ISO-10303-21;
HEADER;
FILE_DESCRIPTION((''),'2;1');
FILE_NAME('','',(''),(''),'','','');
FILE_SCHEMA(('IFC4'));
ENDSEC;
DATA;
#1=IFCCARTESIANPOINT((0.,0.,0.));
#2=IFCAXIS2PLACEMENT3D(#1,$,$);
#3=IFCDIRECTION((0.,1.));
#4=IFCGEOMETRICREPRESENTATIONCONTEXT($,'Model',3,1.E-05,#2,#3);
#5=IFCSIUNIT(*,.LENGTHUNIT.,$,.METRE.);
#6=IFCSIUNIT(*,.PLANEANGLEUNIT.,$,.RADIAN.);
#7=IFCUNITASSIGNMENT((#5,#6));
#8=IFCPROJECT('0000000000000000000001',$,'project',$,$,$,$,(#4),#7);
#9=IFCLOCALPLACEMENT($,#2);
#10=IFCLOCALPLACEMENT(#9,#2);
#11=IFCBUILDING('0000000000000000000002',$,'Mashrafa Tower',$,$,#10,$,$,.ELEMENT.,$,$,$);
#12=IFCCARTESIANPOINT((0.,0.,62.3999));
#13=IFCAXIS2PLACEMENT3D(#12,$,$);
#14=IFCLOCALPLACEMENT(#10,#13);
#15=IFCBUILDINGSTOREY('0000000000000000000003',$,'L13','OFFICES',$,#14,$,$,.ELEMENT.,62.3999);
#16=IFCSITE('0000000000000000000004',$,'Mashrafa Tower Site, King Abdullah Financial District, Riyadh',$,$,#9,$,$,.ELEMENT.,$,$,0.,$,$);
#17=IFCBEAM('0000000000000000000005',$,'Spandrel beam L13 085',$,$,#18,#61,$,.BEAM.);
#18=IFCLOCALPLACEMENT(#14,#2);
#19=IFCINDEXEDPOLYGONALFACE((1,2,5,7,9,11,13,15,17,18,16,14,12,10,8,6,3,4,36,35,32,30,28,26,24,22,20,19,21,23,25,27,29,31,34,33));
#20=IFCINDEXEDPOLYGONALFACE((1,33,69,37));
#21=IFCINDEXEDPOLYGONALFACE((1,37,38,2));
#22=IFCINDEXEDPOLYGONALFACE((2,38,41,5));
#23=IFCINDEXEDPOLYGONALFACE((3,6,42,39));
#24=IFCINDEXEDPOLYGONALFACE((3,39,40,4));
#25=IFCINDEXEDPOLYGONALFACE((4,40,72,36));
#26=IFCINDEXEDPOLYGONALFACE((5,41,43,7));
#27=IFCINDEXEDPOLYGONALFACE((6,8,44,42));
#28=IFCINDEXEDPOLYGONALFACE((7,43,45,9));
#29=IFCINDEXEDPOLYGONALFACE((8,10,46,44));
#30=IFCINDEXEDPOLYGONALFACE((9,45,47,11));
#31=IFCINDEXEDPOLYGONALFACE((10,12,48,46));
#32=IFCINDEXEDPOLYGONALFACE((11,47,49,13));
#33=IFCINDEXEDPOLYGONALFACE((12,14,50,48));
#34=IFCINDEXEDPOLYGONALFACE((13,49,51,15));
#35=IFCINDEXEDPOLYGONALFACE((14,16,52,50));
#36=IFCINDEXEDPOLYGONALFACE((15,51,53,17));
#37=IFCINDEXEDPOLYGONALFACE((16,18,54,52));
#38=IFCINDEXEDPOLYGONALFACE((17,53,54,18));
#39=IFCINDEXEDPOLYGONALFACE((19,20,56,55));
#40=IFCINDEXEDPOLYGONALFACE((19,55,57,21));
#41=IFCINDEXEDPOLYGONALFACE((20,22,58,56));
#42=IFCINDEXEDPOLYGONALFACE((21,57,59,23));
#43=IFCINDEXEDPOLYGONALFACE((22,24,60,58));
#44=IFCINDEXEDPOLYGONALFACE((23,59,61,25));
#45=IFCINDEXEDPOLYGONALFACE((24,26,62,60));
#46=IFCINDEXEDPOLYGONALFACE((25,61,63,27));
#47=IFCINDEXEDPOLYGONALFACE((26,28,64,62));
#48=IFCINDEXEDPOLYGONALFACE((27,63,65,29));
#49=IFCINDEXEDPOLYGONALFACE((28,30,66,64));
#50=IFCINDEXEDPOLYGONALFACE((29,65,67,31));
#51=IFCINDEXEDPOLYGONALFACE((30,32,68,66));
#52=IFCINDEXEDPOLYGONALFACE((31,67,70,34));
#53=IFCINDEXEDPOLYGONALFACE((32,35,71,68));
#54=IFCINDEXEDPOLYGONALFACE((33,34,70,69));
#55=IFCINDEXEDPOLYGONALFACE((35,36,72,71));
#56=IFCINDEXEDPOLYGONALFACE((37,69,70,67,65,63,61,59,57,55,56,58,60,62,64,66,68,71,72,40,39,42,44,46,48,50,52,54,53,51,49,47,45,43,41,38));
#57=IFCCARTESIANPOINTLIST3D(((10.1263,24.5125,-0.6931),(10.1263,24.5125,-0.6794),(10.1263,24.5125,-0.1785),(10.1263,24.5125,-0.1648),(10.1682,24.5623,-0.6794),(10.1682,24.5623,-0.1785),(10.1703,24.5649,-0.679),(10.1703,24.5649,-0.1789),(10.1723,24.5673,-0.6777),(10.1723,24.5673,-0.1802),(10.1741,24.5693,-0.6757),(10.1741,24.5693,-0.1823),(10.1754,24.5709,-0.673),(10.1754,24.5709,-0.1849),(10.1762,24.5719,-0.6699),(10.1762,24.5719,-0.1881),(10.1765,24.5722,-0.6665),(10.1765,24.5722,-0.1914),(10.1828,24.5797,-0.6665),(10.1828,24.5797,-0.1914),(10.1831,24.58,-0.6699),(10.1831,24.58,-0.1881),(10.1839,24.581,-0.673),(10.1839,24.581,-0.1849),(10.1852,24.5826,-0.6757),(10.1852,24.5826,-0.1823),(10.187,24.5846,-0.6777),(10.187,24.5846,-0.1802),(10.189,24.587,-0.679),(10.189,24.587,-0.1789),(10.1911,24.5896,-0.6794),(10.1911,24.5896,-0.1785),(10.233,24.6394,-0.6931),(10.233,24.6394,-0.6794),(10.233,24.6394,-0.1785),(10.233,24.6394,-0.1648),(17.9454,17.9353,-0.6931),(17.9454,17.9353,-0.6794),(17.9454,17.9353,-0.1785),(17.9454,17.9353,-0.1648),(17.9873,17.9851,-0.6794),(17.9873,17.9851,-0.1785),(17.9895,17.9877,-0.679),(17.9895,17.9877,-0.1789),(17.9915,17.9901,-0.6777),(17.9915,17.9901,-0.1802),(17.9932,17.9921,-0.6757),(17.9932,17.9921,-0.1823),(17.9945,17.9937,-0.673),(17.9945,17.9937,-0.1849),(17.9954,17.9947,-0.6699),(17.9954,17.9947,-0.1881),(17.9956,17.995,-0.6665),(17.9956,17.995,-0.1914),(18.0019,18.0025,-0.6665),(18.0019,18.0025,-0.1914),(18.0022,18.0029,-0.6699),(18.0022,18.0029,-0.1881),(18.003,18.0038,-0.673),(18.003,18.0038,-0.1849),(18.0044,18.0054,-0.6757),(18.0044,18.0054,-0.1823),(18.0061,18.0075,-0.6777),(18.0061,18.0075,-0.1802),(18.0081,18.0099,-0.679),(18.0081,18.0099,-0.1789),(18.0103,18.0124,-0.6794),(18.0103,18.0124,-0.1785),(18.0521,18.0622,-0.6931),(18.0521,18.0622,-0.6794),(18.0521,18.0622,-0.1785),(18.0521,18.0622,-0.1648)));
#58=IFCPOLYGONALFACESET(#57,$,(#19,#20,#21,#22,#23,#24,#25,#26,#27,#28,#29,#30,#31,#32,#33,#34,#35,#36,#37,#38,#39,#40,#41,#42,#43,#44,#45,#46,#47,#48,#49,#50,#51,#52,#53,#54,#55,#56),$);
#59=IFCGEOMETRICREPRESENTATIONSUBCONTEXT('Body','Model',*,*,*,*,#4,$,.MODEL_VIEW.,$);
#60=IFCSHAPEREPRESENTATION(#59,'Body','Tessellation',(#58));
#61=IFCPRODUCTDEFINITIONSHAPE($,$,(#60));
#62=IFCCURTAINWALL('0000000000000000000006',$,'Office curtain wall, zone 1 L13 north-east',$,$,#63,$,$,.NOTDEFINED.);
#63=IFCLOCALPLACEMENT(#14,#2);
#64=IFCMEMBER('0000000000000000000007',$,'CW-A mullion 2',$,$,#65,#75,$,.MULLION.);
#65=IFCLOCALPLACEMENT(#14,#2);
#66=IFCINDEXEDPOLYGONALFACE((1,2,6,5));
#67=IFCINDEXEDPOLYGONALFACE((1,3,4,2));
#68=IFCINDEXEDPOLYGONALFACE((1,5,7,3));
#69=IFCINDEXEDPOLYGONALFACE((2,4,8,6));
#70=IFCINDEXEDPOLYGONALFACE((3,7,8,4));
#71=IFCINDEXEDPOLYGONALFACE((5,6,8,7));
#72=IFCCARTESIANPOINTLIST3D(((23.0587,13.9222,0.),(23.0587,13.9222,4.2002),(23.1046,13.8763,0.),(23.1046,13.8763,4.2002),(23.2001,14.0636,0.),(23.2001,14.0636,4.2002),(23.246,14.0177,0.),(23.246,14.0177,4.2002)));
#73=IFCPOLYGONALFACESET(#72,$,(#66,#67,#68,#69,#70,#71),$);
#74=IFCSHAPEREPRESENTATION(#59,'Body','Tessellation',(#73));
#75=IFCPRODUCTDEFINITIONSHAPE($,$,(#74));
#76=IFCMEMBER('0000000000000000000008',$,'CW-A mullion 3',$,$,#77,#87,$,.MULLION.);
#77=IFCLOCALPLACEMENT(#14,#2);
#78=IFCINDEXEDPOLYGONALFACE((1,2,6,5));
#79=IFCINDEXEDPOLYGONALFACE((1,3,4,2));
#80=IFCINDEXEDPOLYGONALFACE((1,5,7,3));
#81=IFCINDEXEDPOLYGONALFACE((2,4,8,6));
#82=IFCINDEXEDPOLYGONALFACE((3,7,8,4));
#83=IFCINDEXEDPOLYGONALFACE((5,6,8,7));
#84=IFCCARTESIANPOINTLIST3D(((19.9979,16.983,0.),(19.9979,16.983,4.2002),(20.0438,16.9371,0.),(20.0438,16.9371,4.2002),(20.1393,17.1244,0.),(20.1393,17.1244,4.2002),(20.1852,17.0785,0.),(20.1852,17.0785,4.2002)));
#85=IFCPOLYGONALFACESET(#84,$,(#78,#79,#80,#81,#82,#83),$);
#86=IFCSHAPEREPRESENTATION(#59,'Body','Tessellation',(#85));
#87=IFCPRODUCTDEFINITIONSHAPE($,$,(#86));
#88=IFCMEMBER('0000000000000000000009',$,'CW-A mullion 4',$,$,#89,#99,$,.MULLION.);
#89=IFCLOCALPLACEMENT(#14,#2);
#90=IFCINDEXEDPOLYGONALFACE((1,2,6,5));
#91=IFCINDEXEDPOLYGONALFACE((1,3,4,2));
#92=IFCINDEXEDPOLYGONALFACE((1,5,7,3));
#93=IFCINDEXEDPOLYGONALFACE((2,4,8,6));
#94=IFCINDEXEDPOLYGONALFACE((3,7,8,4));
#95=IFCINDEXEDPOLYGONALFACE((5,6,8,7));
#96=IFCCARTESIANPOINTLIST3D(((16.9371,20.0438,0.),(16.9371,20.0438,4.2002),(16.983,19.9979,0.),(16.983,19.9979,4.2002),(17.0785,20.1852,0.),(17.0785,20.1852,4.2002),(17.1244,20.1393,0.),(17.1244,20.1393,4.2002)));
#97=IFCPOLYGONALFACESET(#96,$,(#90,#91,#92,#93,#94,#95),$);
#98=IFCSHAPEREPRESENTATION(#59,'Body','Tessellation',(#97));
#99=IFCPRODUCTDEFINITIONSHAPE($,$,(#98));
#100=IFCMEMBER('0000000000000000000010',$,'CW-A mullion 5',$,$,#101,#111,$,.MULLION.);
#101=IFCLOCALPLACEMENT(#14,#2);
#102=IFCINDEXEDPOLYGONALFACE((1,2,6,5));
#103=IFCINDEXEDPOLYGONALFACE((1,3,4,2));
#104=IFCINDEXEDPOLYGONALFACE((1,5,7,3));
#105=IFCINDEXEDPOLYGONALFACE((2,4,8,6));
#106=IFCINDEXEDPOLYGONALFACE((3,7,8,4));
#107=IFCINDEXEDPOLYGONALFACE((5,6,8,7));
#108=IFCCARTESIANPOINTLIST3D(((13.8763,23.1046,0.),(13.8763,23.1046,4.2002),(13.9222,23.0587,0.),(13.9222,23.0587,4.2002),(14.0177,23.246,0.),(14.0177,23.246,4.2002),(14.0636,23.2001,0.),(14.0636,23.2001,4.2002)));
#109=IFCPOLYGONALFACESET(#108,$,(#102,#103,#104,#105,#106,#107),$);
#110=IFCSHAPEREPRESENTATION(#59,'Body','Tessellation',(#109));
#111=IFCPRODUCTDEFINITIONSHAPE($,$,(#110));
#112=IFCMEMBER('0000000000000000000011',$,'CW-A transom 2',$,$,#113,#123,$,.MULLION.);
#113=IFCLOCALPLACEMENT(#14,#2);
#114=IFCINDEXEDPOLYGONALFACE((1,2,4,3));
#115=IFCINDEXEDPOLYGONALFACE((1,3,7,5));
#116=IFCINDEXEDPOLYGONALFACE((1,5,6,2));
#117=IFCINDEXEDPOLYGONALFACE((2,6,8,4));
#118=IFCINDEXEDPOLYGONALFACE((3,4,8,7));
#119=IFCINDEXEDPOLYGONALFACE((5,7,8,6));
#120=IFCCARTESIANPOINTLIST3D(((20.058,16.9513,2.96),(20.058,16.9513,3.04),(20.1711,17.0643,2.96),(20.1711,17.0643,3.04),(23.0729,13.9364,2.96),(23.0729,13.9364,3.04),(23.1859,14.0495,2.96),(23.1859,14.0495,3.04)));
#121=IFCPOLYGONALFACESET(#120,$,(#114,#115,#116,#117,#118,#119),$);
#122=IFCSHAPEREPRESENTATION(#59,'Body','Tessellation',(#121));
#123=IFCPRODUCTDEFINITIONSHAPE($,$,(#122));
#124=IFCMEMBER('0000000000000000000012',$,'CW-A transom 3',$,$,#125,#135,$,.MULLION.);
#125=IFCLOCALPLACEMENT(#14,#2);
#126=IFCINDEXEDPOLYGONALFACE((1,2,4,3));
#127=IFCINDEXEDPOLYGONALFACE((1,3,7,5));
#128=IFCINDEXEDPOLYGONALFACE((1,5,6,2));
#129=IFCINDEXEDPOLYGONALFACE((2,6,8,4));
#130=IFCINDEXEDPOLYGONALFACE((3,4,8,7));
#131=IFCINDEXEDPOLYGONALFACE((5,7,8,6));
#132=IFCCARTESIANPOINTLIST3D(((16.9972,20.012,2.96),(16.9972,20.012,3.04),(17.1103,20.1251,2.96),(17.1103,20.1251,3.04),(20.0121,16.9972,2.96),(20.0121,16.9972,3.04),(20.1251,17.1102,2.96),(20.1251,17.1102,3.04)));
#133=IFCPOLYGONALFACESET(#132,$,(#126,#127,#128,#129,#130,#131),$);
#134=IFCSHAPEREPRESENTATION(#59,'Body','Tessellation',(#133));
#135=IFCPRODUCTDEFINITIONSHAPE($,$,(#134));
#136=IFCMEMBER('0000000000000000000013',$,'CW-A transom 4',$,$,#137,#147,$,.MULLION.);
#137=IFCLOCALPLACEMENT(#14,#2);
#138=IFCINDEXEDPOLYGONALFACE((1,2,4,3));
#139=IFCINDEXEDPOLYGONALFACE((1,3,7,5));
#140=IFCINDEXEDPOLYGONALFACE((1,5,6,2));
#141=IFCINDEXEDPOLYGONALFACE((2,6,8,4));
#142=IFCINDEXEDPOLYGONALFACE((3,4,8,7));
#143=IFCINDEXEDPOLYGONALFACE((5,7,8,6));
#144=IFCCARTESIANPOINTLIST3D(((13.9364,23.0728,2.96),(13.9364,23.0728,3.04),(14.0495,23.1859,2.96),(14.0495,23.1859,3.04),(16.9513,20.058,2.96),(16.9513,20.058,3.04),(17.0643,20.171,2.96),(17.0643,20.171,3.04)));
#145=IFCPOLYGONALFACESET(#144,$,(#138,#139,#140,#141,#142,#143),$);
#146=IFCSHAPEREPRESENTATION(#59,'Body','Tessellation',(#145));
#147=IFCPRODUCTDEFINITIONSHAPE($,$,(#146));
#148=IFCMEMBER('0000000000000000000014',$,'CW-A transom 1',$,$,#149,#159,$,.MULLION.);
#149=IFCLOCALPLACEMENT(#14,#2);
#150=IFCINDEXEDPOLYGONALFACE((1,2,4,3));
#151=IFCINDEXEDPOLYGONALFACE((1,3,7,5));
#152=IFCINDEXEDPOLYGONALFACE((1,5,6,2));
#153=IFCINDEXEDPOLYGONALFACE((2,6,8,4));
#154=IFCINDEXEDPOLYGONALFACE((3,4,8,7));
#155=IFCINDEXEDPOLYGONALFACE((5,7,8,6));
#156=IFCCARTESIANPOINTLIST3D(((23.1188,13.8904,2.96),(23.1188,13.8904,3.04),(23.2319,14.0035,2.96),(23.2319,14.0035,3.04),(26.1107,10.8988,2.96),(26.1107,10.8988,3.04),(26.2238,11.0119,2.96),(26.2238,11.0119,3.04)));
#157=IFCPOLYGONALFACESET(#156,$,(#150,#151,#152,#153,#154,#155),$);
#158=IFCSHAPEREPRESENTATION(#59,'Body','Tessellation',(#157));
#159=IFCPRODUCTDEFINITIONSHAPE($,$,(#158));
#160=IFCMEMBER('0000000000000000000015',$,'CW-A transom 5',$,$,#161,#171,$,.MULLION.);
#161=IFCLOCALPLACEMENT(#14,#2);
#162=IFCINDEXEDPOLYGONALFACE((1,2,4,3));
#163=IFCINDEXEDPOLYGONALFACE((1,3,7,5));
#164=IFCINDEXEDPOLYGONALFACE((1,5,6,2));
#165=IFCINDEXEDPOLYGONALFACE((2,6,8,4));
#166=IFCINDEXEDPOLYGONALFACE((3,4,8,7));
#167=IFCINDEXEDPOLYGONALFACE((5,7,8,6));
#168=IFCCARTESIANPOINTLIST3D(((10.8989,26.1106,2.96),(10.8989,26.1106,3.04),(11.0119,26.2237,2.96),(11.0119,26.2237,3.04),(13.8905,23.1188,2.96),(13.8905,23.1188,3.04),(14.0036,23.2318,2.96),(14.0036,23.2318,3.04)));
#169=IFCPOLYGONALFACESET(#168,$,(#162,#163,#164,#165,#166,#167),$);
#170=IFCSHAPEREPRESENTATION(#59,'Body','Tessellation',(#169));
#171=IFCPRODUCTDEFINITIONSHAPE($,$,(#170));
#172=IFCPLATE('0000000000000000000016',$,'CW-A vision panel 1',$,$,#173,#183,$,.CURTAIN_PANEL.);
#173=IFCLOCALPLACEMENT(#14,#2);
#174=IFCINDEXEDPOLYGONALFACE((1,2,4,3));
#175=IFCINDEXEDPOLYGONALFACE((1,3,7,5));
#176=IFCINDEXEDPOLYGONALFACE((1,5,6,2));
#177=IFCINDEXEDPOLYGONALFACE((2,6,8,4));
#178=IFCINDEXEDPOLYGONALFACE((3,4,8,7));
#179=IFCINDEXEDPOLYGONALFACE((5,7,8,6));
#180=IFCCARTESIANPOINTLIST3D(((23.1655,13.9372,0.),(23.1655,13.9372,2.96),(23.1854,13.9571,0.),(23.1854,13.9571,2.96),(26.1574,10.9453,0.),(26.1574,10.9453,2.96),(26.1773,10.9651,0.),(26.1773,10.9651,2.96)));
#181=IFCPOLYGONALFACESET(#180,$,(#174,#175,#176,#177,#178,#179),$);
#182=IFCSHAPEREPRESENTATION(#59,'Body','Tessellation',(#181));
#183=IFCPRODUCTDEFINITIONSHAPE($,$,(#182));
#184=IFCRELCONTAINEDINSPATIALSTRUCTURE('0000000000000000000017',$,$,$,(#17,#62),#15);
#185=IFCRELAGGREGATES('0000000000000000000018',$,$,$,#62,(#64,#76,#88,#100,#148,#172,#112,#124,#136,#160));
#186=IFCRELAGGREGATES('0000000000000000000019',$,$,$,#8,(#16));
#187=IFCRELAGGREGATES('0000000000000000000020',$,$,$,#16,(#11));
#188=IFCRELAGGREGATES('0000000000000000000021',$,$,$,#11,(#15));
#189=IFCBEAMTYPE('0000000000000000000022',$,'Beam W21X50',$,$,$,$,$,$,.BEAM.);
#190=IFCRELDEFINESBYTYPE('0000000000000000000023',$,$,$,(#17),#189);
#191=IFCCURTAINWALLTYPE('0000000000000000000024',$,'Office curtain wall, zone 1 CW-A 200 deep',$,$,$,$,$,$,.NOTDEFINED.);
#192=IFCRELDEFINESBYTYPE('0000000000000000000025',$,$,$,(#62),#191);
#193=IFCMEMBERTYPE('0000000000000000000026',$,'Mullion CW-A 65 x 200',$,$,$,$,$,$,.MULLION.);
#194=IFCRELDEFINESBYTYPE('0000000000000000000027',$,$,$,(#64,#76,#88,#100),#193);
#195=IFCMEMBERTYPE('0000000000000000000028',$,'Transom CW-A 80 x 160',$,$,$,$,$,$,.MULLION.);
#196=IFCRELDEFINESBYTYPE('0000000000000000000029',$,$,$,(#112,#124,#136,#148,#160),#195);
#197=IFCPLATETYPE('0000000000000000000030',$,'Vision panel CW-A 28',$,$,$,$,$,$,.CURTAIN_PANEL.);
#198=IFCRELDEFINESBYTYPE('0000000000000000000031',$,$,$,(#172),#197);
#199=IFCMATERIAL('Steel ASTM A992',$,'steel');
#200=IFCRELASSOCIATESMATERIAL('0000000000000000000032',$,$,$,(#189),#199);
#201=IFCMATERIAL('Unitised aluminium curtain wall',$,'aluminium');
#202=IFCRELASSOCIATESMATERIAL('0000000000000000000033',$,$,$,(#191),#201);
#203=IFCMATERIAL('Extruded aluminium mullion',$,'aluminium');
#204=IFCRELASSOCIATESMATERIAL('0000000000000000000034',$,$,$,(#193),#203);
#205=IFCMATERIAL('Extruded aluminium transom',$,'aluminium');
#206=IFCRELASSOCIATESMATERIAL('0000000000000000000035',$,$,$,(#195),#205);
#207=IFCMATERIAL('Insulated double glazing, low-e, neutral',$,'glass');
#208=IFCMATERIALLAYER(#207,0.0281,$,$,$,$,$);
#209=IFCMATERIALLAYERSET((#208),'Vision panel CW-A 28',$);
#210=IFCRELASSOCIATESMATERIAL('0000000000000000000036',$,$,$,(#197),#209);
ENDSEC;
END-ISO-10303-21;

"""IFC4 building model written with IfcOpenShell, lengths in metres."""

from ifc_helpers import new_model, si_unit, direction, frame, origin, origin_2d, place, context, subcontext, project, spatial, rectangle, i_section, extrude, source, transform, mapped, material, layer, layer_set, material_profile, profile_set, type_object, type_shapes, element, aggregate, save


model = new_model("IFC4")

# Units and contexts
model_context = context("Model", 3, precision=1e-05, world=origin(), true_north=direction((0.0, 1.0)))
body_context = subcontext(model_context, "Body", "Model", "MODEL_VIEW")
ifc_project = project(units=[si_unit("LENGTHUNIT", "METRE"), si_unit("PLANEANGLEUNIT", "RADIAN")], contexts=[model_context])

# Site, building, storey
site_placement = place(None, origin())
site = spatial("IfcSite", under=ifc_project, at=site_placement, Name="Mashrafa Tower Site, King Abdullah Financial District, Riyadh", CompositionType="ELEMENT", RefElevation=0.0)
building_placement = place(site_placement, origin())
building = spatial("IfcBuilding", under=site, at=building_placement, Name="Mashrafa Tower", CompositionType="ELEMENT")
storey_placement = place(building_placement, frame((0.0, 0.0, 62.3999)))
storey = spatial("IfcBuildingStorey", under=building, at=storey_placement, Name="L13", Description="OFFICES", CompositionType="ELEMENT", Elevation=62.3999)

# Beam
ifc_material_1 = material(Name="Steel ASTM A992", Category="steel")
ifc_material_profile_1 = material_profile(ifc_material_1, i_section(OverallWidth=0.1658, OverallDepth=0.5283, WebThickness=0.0098, FlangeThickness=0.0137, FilletRadius=0.0129, at=origin_2d()), Name="W21X50")
ifc_profile_set_1 = profile_set([ifc_material_profile_1], Name="Steel ASTM A992")
beam_type_1 = type_object("IfcBeamType", Name="Beam W21X50", PredefinedType="BEAM", material=ifc_profile_set_1)
beam_1_placement = place(storey_placement, frame((17.9988, 17.9988, -0.429), z_axis=(-0.765266, 0.643715, 0.0), x_axis=(-0.643715, -0.765266, 0.0)))
element("IfcBeam", 1, at=beam_1_placement, inside=storey, type_object=beam_type_1, Name="Spandrel beam L13 085", PredefinedType="BEAM", context=body_context, shape_type="SweptSolid", body=[
    extrude(i_section(OverallWidth=0.1658, OverallDepth=0.5283, WebThickness=0.0098, FlangeThickness=0.0137, FilletRadius=0.0129, at=origin_2d()), origin(), (0.0, 0.0, 1.0), 10.2175),
])

# Curtain wall, members, plate
ifc_material_2 = material(Name="Unitised aluminium curtain wall", Category="aluminium")
curtain_wall_type = type_object("IfcCurtainWallType", Name="Office curtain wall, zone 1 CW-A 200 deep", PredefinedType="NOTDEFINED", material=ifc_material_2)
curtain_wall_placement = place(storey_placement, origin())
curtain_wall = element("IfcCurtainWall", 2, at=curtain_wall_placement, inside=storey, type_object=curtain_wall_type, Name="Office curtain wall, zone 1 L13 north-east", PredefinedType="NOTDEFINED")
ifc_material_3 = material(Name="Extruded aluminium mullion", Category="aluminium")
ifc_material_profile_2 = material_profile(ifc_material_3, rectangle(XDim=0.2, YDim=0.0649, at=origin_2d()), Name="Mullion 65x200")
ifc_profile_set_2 = profile_set([ifc_material_profile_2], Name="Extruded aluminium mullion")
member_type_1 = type_object("IfcMemberType", Name="Mullion CW-A 65 x 200", PredefinedType="MULLION", material=ifc_profile_set_2)
shared_shape_1 = source(origin(), body_context, "Body", "SweptSolid", [
    extrude(rectangle(XDim=0.2, YDim=0.0649, at=origin_2d()), origin(), (0.0, 0.0, 1.0), 4.2002),
])
type_shapes(member_type_1, [shared_shape_1])
member_1_placement = place(storey_placement, frame((23.1523, 13.97, 0.0), z_axis=(0.0, 0.0, 1.0), x_axis=(-0.707107, -0.707107, 0.0)))
member_1 = element("IfcMember", 3, at=member_1_placement, type_object=member_type_1, Name="CW-A mullion 2", PredefinedType="MULLION", context=body_context, shape_type="MappedRepresentation", body=[
    mapped(shared_shape_1, transform((0.0, 0.0, 0.0))),
])
member_2_placement = place(storey_placement, frame((20.0916, 17.0308, 0.0), z_axis=(0.0, 0.0, 1.0), x_axis=(-0.707107, -0.707107, 0.0)))
member_2 = element("IfcMember", 4, at=member_2_placement, type_object=member_type_1, Name="CW-A mullion 3", PredefinedType="MULLION", context=body_context, shape_type="MappedRepresentation", body=[
    mapped(shared_shape_1, transform((0.0, 0.0, 0.0))),
])
member_3_placement = place(storey_placement, frame((17.0308, 20.0916, 0.0), z_axis=(0.0, 0.0, 1.0), x_axis=(-0.707107, -0.707107, 0.0)))
member_3 = element("IfcMember", 5, at=member_3_placement, type_object=member_type_1, Name="CW-A mullion 4", PredefinedType="MULLION", context=body_context, shape_type="MappedRepresentation", body=[
    mapped(shared_shape_1, transform((0.0, 0.0, 0.0))),
])
member_4_placement = place(storey_placement, frame((13.97, 23.1523, 0.0), z_axis=(0.0, 0.0, 1.0), x_axis=(-0.707107, -0.707107, 0.0)))
member_4 = element("IfcMember", 6, at=member_4_placement, type_object=member_type_1, Name="CW-A mullion 5", PredefinedType="MULLION", context=body_context, shape_type="MappedRepresentation", body=[
    mapped(shared_shape_1, transform((0.0, 0.0, 0.0))),
])
ifc_material_4 = material(Name="Extruded aluminium transom", Category="aluminium")
ifc_material_profile_3 = material_profile(ifc_material_4, rectangle(XDim=0.1599, YDim=0.0801, at=origin_2d()), Name="Transom 80x160")
ifc_profile_set_3 = profile_set([ifc_material_profile_3], Name="Extruded aluminium transom")
member_type_2 = type_object("IfcMemberType", Name="Transom CW-A 80 x 160", PredefinedType="MULLION", material=ifc_profile_set_3)
shared_shape_2 = source(origin(), body_context, "Body", "SweptSolid", [
    extrude(rectangle(XDim=0.1599, YDim=0.0801, at=origin_2d()), origin(), (0.0, 0.0, 1.0), 4.2637),
])
member_5_placement = place(storey_placement, frame((23.1294, 13.9929, 3.0), z_axis=(-0.707107, 0.707107, 0.0), x_axis=(-0.707107, -0.707107, 0.0)))
member_5 = element("IfcMember", 7, at=member_5_placement, type_object=member_type_2, Name="CW-A transom 2", PredefinedType="MULLION", context=body_context, shape_type="MappedRepresentation", body=[
    mapped(shared_shape_2, transform((0.0, 0.0, 0.0))),
])
member_6_placement = place(storey_placement, frame((20.0686, 17.0537, 3.0), z_axis=(-0.707107, 0.707107, 0.0), x_axis=(-0.707107, -0.707107, 0.0)))
member_6 = element("IfcMember", 8, at=member_6_placement, type_object=member_type_2, Name="CW-A transom 3", PredefinedType="MULLION", context=body_context, shape_type="MappedRepresentation", body=[
    mapped(shared_shape_2, transform((0.0, 0.0, 0.0))),
])
member_7_placement = place(storey_placement, frame((17.0078, 20.1145, 3.0), z_axis=(-0.707107, 0.707107, 0.0), x_axis=(-0.707107, -0.707107, 0.0)))
member_7 = element("IfcMember", 9, at=member_7_placement, type_object=member_type_2, Name="CW-A transom 4", PredefinedType="MULLION", context=body_context, shape_type="MappedRepresentation", body=[
    mapped(shared_shape_2, transform((0.0, 0.0, 0.0))),
])
shared_shape_3 = source(origin(), body_context, "Body", "SweptSolid", [
    extrude(rectangle(XDim=0.1599, YDim=0.0801, at=origin_2d()), origin(), (0.0, 0.0, 1.0), 4.231),
])
type_shapes(member_type_2, [shared_shape_2, shared_shape_3])
member_8_placement = place(storey_placement, frame((26.1672, 10.9553, 3.0), z_axis=(-0.707136, 0.707078, 0.0), x_axis=(-0.707078, -0.707136, 0.0)))
member_8 = element("IfcMember", 10, at=member_8_placement, type_object=member_type_2, Name="CW-A transom 1", PredefinedType="MULLION", context=body_context, shape_type="MappedRepresentation", body=[
    mapped(shared_shape_3, transform((0.0, 0.0, 0.0))),
])
member_9_placement = place(storey_placement, frame((13.947, 23.1753, 3.0), z_axis=(-0.707078, 0.707136, 0.0), x_axis=(-0.707136, -0.707078, 0.0)))
member_9 = element("IfcMember", 11, at=member_9_placement, type_object=member_type_2, Name="CW-A transom 5", PredefinedType="MULLION", context=body_context, shape_type="MappedRepresentation", body=[
    mapped(shared_shape_3, transform((0.0, 0.0, 0.0))),
])
ifc_material_5 = material(Name="Insulated double glazing, low-e, neutral", Category="glass")
ifc_layer_1 = layer(ifc_material_5, 0.0281)
ifc_layer_set_1 = layer_set([ifc_layer_1], Name="Vision panel CW-A 28")
plate_type_1 = type_object("IfcPlateType", Name="Vision panel CW-A 28", PredefinedType="CURTAIN_PANEL", material=ifc_layer_set_1)
shared_shape_4 = source(origin(), body_context, "Body", "SweptSolid", [
    extrude(rectangle(XDim=4.2312, YDim=0.0281, at=origin_2d()), origin(), (0.0, 0.0, 1.0), 2.96),
])
plate_1_placement = place(storey_placement, frame((24.6714, 12.4512, 0.0), z_axis=(0.0, 0.0, 1.0), x_axis=(-0.707107, 0.707107, 0.0)))
plate_1 = element("IfcPlate", 12, at=plate_1_placement, type_object=plate_type_1, Name="CW-A vision panel 1", PredefinedType="CURTAIN_PANEL", context=body_context, shape_type="MappedRepresentation", body=[
    mapped(shared_shape_4, transform((0.0, 0.0, 0.0))),
])
aggregate(curtain_wall, [member_1, member_2, member_3, member_4, member_8, plate_1, member_5, member_6, member_7, member_9])

save(model, "model.ifc")
